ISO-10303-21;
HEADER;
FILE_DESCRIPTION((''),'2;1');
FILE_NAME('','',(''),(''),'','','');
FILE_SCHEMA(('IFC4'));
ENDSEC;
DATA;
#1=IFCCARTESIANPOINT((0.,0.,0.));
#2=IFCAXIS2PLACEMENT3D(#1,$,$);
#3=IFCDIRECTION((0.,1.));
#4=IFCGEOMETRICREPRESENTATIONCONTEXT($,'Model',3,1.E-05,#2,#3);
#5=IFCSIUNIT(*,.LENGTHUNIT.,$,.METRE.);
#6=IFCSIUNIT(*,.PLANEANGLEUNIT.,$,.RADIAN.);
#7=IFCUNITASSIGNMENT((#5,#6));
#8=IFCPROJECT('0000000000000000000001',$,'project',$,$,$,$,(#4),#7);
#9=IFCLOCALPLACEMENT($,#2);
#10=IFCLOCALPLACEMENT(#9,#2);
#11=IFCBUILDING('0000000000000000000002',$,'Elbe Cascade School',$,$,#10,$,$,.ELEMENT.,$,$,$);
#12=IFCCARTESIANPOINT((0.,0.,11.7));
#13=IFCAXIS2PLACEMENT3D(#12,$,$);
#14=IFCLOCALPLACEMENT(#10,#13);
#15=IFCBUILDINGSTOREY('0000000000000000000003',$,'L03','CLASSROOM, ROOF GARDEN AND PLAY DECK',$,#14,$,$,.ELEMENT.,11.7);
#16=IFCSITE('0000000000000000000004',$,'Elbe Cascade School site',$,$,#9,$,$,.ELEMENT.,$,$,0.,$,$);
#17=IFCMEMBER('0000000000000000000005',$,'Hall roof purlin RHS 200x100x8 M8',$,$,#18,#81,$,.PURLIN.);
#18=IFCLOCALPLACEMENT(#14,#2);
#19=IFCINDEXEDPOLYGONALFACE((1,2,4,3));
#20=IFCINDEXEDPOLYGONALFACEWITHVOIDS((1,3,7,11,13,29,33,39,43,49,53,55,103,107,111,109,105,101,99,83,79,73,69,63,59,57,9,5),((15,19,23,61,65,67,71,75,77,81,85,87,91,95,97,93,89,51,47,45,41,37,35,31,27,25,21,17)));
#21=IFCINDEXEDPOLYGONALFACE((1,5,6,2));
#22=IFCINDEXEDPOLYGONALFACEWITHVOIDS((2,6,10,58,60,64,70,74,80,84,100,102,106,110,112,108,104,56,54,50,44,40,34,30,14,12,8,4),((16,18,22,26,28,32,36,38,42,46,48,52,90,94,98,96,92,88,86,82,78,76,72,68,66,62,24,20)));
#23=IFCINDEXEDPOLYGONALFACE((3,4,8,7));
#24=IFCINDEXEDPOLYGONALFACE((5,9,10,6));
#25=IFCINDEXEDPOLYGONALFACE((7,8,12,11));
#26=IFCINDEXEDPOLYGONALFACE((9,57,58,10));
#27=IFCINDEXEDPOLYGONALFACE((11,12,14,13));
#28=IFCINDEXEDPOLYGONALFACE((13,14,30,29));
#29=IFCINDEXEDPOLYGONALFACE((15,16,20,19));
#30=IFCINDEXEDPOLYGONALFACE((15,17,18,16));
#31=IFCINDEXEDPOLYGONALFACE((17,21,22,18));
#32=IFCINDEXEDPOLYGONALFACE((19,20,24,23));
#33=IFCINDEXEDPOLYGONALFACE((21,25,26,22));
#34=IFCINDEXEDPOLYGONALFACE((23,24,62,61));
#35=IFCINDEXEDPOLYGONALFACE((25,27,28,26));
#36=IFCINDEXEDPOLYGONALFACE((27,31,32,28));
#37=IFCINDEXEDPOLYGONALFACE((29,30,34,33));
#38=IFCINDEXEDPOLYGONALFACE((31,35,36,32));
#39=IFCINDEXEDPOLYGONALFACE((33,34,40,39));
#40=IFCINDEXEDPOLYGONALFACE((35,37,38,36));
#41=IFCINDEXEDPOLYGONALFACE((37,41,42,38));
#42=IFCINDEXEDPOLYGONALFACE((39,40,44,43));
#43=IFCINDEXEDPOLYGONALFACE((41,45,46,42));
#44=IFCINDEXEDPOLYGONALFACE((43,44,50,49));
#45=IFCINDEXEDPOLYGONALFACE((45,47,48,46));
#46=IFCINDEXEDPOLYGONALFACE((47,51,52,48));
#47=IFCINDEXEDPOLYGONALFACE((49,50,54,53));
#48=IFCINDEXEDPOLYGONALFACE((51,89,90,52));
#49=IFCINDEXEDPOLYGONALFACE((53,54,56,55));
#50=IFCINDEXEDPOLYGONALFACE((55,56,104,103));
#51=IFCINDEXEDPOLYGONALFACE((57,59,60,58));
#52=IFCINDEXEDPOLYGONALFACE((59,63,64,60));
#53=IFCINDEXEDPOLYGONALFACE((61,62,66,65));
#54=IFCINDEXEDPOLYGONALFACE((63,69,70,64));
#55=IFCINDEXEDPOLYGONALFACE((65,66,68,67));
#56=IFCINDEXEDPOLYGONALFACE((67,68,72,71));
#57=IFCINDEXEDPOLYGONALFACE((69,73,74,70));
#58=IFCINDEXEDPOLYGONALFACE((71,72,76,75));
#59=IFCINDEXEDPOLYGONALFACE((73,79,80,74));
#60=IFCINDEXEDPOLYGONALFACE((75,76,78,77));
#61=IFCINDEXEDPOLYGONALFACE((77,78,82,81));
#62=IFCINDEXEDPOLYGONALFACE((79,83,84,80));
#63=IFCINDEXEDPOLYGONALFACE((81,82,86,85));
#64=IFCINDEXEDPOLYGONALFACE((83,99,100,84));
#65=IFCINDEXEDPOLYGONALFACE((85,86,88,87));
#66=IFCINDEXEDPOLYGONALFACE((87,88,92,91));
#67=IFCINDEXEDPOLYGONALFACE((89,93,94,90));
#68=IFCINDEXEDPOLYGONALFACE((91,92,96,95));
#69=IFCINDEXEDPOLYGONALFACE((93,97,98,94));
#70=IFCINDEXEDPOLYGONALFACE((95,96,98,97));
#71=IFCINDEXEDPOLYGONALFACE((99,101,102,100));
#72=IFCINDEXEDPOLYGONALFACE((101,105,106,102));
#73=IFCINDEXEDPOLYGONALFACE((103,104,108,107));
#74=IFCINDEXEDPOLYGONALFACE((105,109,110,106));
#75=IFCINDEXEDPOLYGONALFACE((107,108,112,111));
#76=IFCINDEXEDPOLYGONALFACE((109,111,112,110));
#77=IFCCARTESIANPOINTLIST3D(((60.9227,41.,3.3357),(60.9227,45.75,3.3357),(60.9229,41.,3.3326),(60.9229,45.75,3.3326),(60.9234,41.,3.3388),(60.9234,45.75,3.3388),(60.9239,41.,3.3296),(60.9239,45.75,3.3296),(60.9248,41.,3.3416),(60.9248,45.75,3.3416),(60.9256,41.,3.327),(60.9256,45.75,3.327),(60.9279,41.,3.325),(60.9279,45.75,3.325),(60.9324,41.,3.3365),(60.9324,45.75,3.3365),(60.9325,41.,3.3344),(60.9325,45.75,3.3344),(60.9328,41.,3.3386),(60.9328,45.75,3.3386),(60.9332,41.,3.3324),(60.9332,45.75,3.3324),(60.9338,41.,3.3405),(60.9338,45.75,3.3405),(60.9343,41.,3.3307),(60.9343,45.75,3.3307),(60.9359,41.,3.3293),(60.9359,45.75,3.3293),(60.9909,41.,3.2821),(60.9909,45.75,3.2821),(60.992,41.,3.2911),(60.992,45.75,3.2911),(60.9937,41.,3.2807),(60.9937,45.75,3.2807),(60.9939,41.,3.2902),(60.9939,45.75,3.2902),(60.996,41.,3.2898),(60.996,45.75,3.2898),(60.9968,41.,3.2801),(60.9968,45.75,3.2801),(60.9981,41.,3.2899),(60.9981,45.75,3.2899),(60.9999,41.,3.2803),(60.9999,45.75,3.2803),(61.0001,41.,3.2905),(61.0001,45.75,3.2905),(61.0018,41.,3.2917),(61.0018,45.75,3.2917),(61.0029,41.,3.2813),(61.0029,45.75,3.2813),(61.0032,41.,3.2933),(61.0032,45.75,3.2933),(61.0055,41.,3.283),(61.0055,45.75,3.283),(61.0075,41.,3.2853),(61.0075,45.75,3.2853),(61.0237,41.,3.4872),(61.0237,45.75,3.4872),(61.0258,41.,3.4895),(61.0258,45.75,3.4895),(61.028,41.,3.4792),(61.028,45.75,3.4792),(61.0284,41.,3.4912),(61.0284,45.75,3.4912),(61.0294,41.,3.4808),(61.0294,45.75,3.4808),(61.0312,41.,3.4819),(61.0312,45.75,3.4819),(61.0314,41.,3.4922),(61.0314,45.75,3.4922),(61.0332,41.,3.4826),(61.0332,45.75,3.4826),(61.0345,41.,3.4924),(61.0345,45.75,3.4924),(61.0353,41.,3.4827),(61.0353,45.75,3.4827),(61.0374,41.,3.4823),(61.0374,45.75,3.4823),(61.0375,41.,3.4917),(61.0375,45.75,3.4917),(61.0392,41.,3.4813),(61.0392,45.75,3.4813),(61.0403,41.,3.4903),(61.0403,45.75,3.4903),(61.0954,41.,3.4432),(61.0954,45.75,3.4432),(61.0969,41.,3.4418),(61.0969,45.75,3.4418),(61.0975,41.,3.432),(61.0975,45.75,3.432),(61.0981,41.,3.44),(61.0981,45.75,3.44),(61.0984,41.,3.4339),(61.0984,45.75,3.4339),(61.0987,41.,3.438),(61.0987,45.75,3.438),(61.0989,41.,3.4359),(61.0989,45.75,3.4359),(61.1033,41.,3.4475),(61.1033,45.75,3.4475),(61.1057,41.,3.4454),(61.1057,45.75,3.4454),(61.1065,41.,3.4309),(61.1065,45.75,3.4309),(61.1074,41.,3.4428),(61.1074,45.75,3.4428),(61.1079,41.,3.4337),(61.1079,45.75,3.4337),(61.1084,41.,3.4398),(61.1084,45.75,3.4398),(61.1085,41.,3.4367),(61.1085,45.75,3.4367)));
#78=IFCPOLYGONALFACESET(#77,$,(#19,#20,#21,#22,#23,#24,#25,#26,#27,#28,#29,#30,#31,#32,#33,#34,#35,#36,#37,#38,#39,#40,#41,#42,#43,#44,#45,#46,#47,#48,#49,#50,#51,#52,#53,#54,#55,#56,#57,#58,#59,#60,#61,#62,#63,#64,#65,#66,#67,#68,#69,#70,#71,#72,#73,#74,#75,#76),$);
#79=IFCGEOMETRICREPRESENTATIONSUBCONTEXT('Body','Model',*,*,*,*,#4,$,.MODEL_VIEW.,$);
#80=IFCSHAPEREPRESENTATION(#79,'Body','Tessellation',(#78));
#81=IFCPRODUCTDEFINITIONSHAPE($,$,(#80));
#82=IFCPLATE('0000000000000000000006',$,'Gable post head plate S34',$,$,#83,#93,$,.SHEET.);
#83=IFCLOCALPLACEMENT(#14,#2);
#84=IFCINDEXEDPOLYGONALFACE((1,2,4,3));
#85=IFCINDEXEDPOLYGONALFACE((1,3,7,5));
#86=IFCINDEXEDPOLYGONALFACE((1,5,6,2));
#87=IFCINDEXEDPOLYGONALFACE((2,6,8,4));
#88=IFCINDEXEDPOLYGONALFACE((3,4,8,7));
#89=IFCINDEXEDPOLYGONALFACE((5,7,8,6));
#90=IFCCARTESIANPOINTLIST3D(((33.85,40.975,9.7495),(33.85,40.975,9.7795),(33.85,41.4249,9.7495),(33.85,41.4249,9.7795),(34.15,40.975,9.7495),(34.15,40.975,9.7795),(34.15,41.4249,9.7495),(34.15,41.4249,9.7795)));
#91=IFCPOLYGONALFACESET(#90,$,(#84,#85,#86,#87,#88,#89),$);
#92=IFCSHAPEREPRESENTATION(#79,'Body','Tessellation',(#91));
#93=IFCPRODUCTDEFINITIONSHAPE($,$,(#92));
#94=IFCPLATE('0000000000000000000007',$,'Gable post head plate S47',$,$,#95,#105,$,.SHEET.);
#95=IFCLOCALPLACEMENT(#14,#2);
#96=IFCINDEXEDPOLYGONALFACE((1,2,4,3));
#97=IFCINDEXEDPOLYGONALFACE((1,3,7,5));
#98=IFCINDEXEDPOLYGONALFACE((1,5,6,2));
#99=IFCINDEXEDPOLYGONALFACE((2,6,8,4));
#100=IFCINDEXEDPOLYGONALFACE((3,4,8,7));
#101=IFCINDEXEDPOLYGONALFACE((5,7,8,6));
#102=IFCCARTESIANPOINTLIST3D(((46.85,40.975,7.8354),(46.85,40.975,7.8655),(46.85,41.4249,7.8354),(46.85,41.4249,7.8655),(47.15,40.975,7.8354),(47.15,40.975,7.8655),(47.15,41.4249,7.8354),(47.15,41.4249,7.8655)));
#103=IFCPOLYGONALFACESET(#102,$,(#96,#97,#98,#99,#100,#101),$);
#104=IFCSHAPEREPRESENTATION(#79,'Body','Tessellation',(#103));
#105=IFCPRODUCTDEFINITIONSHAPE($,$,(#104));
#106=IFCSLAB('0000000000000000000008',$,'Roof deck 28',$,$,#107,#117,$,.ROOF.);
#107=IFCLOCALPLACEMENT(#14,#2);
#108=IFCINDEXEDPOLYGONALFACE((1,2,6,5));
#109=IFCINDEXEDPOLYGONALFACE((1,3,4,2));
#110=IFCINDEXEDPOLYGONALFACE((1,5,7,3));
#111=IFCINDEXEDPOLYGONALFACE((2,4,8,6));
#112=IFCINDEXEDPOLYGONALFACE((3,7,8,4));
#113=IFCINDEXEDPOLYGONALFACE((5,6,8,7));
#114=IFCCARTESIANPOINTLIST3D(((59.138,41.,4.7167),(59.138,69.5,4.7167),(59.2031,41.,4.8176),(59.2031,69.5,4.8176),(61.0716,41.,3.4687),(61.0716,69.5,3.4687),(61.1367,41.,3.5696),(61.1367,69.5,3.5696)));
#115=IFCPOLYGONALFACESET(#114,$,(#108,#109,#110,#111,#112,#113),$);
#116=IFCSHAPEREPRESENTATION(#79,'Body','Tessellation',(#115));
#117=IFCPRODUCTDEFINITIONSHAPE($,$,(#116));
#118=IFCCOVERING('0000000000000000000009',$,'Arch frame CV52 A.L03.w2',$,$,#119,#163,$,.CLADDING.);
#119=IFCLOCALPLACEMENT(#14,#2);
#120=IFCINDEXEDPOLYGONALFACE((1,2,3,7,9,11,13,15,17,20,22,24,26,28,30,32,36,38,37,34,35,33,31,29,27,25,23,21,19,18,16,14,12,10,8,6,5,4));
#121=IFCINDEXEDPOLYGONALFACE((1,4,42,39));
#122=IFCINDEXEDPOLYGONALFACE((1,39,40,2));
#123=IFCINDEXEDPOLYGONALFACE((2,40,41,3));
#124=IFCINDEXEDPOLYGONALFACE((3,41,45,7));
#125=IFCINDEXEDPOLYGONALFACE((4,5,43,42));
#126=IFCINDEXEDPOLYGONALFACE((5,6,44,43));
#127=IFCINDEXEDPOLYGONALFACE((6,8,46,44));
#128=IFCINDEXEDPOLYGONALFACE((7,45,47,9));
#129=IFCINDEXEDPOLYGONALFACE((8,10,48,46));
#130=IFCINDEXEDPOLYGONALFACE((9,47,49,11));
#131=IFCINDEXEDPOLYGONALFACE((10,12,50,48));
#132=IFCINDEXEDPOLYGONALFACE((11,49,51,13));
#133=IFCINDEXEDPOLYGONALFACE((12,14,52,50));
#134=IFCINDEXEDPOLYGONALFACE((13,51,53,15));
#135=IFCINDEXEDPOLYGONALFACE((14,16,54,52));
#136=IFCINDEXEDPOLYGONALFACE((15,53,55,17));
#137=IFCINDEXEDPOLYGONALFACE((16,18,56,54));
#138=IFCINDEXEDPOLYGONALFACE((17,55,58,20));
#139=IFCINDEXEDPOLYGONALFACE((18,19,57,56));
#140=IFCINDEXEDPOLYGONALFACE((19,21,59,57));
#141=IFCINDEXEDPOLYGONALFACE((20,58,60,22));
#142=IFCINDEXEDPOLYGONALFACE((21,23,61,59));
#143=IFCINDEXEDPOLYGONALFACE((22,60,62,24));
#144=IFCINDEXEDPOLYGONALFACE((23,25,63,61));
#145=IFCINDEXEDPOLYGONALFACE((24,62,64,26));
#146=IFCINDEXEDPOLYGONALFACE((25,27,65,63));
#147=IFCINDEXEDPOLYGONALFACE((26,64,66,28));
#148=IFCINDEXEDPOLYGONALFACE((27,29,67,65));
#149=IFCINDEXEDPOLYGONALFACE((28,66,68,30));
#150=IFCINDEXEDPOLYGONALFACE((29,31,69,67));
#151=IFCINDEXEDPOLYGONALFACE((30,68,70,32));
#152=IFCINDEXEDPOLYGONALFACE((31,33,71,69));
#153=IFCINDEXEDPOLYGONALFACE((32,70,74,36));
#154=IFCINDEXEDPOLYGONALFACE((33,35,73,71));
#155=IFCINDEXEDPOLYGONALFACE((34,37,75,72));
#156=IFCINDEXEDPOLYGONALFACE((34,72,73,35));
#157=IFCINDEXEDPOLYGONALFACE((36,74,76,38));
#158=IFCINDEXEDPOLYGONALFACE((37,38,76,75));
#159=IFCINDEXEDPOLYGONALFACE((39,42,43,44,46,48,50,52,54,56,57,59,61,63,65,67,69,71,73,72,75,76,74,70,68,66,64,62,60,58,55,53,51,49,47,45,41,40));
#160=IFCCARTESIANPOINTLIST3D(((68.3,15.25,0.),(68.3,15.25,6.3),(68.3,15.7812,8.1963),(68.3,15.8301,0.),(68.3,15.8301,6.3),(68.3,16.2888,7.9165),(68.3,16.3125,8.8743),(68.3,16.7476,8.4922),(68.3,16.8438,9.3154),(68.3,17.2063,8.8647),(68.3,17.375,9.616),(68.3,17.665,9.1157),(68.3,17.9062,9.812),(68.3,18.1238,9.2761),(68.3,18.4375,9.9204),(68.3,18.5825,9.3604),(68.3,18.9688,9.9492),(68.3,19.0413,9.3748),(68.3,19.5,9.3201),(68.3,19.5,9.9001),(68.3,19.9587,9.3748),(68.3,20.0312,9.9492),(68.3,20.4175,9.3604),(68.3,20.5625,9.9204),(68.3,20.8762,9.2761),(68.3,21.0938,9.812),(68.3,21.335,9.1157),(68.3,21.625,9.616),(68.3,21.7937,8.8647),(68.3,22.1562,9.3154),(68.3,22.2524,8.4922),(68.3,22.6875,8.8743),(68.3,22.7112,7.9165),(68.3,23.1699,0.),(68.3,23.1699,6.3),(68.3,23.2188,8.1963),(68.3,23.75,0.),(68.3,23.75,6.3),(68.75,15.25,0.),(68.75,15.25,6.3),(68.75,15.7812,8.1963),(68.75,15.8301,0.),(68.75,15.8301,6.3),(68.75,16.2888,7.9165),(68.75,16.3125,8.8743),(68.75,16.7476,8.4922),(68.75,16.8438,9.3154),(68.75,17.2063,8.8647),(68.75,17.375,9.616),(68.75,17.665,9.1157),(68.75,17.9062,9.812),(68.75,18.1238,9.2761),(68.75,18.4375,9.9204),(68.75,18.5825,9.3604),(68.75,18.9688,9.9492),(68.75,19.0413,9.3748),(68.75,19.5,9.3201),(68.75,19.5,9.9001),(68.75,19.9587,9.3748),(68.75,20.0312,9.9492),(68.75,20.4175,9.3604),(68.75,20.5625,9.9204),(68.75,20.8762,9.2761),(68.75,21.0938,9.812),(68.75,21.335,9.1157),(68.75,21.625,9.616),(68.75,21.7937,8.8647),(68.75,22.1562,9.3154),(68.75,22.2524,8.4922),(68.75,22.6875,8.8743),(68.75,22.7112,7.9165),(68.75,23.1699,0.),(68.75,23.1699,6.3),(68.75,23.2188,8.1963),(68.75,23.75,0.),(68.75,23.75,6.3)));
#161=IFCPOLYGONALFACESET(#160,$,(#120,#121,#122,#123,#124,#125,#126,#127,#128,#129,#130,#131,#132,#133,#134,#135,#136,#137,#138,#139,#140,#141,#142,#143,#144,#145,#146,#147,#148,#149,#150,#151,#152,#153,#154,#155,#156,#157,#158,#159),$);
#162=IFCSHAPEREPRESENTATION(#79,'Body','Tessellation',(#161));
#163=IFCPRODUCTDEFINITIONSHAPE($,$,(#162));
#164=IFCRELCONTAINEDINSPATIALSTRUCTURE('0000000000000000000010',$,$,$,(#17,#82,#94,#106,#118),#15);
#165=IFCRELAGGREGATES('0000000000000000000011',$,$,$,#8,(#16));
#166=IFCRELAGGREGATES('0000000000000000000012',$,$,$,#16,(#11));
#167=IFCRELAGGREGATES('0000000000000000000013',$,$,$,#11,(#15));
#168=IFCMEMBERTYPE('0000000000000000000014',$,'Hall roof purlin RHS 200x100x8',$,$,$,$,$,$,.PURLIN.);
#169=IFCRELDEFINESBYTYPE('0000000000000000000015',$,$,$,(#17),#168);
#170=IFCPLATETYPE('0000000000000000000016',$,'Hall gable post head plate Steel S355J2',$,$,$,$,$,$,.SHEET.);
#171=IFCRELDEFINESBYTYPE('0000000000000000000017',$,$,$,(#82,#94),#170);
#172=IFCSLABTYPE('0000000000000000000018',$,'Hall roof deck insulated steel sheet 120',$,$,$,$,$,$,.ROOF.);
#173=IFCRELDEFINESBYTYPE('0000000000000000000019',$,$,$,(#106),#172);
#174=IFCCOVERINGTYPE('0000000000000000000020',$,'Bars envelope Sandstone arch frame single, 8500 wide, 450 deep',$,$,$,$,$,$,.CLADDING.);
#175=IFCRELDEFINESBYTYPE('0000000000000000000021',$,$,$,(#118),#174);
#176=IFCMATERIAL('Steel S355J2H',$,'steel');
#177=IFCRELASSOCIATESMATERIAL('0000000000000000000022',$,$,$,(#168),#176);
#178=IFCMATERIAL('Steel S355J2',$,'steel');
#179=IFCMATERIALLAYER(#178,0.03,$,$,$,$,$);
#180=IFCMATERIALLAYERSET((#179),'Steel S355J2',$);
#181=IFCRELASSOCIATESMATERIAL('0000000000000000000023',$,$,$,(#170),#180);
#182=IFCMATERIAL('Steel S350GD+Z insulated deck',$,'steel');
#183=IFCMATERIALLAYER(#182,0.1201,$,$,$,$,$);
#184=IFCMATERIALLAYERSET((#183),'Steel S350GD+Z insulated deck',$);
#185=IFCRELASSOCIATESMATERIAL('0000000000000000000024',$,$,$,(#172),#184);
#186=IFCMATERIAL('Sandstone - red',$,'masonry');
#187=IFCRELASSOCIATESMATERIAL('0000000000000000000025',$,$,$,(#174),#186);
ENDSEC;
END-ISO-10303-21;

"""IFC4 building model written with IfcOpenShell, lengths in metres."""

from ifc_helpers import new_model, si_unit, direction, frame, origin, origin_2d, place, context, subcontext, project, spatial, polyline, rectangle, hollow_rectangle, outline, extrude, material, layer, layer_set, material_profile, profile_set, type_object, element, save


model = new_model("IFC4")

# Units and contexts
model_context = context("Model", 3, precision=1e-05, world=origin(), true_north=direction((0.0, 1.0)))
body_context = subcontext(model_context, "Body", "Model", "MODEL_VIEW")
ifc_project = project(units=[si_unit("LENGTHUNIT", "METRE"), si_unit("PLANEANGLEUNIT", "RADIAN")], contexts=[model_context])

# Site, building, storey
site_placement = place(None, origin())
site = spatial("IfcSite", under=ifc_project, at=site_placement, Name="Elbe Cascade School site", CompositionType="ELEMENT", RefElevation=0.0)
building_placement = place(site_placement, origin())
building = spatial("IfcBuilding", under=site, at=building_placement, Name="Elbe Cascade School", CompositionType="ELEMENT")
storey_placement = place(building_placement, frame((0.0, 0.0, 11.7)))
storey = spatial("IfcBuildingStorey", under=building, at=storey_placement, Name="L03", Description="CLASSROOM, ROOF GARDEN AND PLAY DECK", CompositionType="ELEMENT", Elevation=11.7)

# Member
ifc_material_1 = material(Name="Steel S355J2H", Category="steel")
ifc_material_profile_1 = material_profile(ifc_material_1, hollow_rectangle(XDim=0.1001, YDim=0.2, WallThickness=0.0081, InnerFilletRadius=0.0081, OuterFilletRadius=0.012, at=origin_2d()), Name="RHS 200x100x8")
ifc_profile_set_1 = profile_set([ifc_material_profile_1], Name="Steel S355J2H")
member_type_1 = type_object("IfcMemberType", Name="Hall roof purlin RHS 200x100x8", PredefinedType="PURLIN", material=ifc_profile_set_1)
member_1_placement = place(storey_placement, frame((61.0156, 41.0, 3.3862), z_axis=(0.0, 1.0, 0.0), x_axis=(-0.827027, 0.0, 0.562162)))
element("IfcMember", 1, at=member_1_placement, inside=storey, type_object=member_type_1, Name="Hall roof purlin RHS 200x100x8 M8", PredefinedType="PURLIN", context=body_context, shape_type="SweptSolid", body=[
    extrude(hollow_rectangle(XDim=0.1001, YDim=0.2, WallThickness=0.0081, InnerFilletRadius=0.0081, OuterFilletRadius=0.012, at=origin_2d()), origin(), (0.0, 0.0, 1.0), 4.75),
])

# Plates
ifc_material_2 = material(Name="Steel S355J2", Category="steel")
ifc_layer_1 = layer(ifc_material_2, 0.03)
ifc_layer_set_1 = layer_set([ifc_layer_1], Name="Steel S355J2")
plate_type = type_object("IfcPlateType", Name="Hall gable post head plate Steel S355J2", PredefinedType="SHEET", material=ifc_layer_set_1)
for number, where, z_axis, x_axis, name in (
    (2, (34.0, 41.2, 9.7495), (0.0, 0.0, 1.0), (1.0, 0.0, 0.0), "Gable post head plate S34"),
    (3, (47.0, 41.2, 7.8354), (0.0, 0.0, 1.0), (1.0, 0.0, 0.0), "Gable post head plate S47"),
):
    element("IfcPlate", number, at=place(storey_placement, frame(where, z_axis=z_axis, x_axis=x_axis)), inside=storey, type_object=plate_type, Name=name, PredefinedType="SHEET", context=body_context, shape_type="SweptSolid", body=[
        extrude(rectangle(XDim=0.3, YDim=0.45, at=origin_2d()), origin(), (0.0, 0.0, 1.0), 0.03),
    ])

# Slab
ifc_material_3 = material(Name="Steel S350GD+Z insulated deck", Category="steel")
ifc_layer_2 = layer(ifc_material_3, 0.1201)
ifc_layer_set_2 = layer_set([ifc_layer_2], Name="Steel S350GD+Z insulated deck")
slab_type = type_object("IfcSlabType", Name="Hall roof deck insulated steel sheet 120", PredefinedType="ROOF", material=ifc_layer_set_2)
slab_placement = place(storey_placement, frame((59.2031, 41.0, 4.8176), z_axis=(0.542301, 0.0, 0.840184), x_axis=(0.840184, 0.0, -0.542301)))
element("IfcSlab", 4, at=slab_placement, inside=storey, type_object=slab_type, Name="Roof deck 28", PredefinedType="ROOF", context=body_context, shape_type="SweptSolid", body=[
    extrude(outline(polyline([(0.0, 0.0), (2.3014, 0.0), (2.3014, 28.5), (0.0, 28.5), (0.0, 0.0)])), origin(), (0.0, 0.0, -1.0), 0.1201),
])

# Covering
ifc_material_4 = material(Name="Sandstone - red", Category="masonry")
covering_type_1 = type_object("IfcCoveringType", Name="Bars envelope Sandstone arch frame single, 8500 wide, 450 deep", PredefinedType="CLADDING", material=ifc_material_4)
for number, where, z_axis, x_axis, name in (
    (5, (68.3, 15.25, 0.0), (-1.0, 0.0, 0.0), (0.0, 0.0, 1.0), "Arch frame CV52 A.L03.w2"),
):
    element("IfcCovering", number, at=place(storey_placement, frame(where, z_axis=z_axis, x_axis=x_axis)), inside=storey, type_object=covering_type_1, Name=name, PredefinedType="CLADDING", context=body_context, shape_type="SweptSolid", body=[
        extrude(outline(polyline([(0.0, 0.0), (6.3, 0.0), (8.1963, 0.5312), (8.8743, 1.0625), (9.3154, 1.5938), (9.616, 2.125), (9.812, 2.6562), (9.9204, 3.1875), (9.9492, 3.7188), (9.9001, 4.25), (9.9492, 4.7812), (9.9204, 5.3125), (9.812, 5.8438), (9.616, 6.375), (9.3154, 6.9062), (8.8743, 7.4375), (8.1963, 7.9688), (6.3, 8.5), (0.0, 8.5), (0.0, 7.9199), (6.3, 7.9199), (7.9165, 7.4612), (8.4922, 7.0024), (8.8647, 6.5437), (9.1157, 6.085), (9.2761, 5.6262), (9.3604, 5.1675), (9.3748, 4.7087), (9.3201, 4.25), (9.3748, 3.7913), (9.3604, 3.3325), (9.2761, 2.8738), (9.1157, 2.415), (8.8647, 1.9563), (8.4922, 1.4976), (7.9165, 1.0388), (6.3, 0.5801), (0.0, 0.5801), (0.0, 0.0)])), origin(), (0.0, 0.0, -1.0), 0.45),
    ])

save(model, "model.ifc")
